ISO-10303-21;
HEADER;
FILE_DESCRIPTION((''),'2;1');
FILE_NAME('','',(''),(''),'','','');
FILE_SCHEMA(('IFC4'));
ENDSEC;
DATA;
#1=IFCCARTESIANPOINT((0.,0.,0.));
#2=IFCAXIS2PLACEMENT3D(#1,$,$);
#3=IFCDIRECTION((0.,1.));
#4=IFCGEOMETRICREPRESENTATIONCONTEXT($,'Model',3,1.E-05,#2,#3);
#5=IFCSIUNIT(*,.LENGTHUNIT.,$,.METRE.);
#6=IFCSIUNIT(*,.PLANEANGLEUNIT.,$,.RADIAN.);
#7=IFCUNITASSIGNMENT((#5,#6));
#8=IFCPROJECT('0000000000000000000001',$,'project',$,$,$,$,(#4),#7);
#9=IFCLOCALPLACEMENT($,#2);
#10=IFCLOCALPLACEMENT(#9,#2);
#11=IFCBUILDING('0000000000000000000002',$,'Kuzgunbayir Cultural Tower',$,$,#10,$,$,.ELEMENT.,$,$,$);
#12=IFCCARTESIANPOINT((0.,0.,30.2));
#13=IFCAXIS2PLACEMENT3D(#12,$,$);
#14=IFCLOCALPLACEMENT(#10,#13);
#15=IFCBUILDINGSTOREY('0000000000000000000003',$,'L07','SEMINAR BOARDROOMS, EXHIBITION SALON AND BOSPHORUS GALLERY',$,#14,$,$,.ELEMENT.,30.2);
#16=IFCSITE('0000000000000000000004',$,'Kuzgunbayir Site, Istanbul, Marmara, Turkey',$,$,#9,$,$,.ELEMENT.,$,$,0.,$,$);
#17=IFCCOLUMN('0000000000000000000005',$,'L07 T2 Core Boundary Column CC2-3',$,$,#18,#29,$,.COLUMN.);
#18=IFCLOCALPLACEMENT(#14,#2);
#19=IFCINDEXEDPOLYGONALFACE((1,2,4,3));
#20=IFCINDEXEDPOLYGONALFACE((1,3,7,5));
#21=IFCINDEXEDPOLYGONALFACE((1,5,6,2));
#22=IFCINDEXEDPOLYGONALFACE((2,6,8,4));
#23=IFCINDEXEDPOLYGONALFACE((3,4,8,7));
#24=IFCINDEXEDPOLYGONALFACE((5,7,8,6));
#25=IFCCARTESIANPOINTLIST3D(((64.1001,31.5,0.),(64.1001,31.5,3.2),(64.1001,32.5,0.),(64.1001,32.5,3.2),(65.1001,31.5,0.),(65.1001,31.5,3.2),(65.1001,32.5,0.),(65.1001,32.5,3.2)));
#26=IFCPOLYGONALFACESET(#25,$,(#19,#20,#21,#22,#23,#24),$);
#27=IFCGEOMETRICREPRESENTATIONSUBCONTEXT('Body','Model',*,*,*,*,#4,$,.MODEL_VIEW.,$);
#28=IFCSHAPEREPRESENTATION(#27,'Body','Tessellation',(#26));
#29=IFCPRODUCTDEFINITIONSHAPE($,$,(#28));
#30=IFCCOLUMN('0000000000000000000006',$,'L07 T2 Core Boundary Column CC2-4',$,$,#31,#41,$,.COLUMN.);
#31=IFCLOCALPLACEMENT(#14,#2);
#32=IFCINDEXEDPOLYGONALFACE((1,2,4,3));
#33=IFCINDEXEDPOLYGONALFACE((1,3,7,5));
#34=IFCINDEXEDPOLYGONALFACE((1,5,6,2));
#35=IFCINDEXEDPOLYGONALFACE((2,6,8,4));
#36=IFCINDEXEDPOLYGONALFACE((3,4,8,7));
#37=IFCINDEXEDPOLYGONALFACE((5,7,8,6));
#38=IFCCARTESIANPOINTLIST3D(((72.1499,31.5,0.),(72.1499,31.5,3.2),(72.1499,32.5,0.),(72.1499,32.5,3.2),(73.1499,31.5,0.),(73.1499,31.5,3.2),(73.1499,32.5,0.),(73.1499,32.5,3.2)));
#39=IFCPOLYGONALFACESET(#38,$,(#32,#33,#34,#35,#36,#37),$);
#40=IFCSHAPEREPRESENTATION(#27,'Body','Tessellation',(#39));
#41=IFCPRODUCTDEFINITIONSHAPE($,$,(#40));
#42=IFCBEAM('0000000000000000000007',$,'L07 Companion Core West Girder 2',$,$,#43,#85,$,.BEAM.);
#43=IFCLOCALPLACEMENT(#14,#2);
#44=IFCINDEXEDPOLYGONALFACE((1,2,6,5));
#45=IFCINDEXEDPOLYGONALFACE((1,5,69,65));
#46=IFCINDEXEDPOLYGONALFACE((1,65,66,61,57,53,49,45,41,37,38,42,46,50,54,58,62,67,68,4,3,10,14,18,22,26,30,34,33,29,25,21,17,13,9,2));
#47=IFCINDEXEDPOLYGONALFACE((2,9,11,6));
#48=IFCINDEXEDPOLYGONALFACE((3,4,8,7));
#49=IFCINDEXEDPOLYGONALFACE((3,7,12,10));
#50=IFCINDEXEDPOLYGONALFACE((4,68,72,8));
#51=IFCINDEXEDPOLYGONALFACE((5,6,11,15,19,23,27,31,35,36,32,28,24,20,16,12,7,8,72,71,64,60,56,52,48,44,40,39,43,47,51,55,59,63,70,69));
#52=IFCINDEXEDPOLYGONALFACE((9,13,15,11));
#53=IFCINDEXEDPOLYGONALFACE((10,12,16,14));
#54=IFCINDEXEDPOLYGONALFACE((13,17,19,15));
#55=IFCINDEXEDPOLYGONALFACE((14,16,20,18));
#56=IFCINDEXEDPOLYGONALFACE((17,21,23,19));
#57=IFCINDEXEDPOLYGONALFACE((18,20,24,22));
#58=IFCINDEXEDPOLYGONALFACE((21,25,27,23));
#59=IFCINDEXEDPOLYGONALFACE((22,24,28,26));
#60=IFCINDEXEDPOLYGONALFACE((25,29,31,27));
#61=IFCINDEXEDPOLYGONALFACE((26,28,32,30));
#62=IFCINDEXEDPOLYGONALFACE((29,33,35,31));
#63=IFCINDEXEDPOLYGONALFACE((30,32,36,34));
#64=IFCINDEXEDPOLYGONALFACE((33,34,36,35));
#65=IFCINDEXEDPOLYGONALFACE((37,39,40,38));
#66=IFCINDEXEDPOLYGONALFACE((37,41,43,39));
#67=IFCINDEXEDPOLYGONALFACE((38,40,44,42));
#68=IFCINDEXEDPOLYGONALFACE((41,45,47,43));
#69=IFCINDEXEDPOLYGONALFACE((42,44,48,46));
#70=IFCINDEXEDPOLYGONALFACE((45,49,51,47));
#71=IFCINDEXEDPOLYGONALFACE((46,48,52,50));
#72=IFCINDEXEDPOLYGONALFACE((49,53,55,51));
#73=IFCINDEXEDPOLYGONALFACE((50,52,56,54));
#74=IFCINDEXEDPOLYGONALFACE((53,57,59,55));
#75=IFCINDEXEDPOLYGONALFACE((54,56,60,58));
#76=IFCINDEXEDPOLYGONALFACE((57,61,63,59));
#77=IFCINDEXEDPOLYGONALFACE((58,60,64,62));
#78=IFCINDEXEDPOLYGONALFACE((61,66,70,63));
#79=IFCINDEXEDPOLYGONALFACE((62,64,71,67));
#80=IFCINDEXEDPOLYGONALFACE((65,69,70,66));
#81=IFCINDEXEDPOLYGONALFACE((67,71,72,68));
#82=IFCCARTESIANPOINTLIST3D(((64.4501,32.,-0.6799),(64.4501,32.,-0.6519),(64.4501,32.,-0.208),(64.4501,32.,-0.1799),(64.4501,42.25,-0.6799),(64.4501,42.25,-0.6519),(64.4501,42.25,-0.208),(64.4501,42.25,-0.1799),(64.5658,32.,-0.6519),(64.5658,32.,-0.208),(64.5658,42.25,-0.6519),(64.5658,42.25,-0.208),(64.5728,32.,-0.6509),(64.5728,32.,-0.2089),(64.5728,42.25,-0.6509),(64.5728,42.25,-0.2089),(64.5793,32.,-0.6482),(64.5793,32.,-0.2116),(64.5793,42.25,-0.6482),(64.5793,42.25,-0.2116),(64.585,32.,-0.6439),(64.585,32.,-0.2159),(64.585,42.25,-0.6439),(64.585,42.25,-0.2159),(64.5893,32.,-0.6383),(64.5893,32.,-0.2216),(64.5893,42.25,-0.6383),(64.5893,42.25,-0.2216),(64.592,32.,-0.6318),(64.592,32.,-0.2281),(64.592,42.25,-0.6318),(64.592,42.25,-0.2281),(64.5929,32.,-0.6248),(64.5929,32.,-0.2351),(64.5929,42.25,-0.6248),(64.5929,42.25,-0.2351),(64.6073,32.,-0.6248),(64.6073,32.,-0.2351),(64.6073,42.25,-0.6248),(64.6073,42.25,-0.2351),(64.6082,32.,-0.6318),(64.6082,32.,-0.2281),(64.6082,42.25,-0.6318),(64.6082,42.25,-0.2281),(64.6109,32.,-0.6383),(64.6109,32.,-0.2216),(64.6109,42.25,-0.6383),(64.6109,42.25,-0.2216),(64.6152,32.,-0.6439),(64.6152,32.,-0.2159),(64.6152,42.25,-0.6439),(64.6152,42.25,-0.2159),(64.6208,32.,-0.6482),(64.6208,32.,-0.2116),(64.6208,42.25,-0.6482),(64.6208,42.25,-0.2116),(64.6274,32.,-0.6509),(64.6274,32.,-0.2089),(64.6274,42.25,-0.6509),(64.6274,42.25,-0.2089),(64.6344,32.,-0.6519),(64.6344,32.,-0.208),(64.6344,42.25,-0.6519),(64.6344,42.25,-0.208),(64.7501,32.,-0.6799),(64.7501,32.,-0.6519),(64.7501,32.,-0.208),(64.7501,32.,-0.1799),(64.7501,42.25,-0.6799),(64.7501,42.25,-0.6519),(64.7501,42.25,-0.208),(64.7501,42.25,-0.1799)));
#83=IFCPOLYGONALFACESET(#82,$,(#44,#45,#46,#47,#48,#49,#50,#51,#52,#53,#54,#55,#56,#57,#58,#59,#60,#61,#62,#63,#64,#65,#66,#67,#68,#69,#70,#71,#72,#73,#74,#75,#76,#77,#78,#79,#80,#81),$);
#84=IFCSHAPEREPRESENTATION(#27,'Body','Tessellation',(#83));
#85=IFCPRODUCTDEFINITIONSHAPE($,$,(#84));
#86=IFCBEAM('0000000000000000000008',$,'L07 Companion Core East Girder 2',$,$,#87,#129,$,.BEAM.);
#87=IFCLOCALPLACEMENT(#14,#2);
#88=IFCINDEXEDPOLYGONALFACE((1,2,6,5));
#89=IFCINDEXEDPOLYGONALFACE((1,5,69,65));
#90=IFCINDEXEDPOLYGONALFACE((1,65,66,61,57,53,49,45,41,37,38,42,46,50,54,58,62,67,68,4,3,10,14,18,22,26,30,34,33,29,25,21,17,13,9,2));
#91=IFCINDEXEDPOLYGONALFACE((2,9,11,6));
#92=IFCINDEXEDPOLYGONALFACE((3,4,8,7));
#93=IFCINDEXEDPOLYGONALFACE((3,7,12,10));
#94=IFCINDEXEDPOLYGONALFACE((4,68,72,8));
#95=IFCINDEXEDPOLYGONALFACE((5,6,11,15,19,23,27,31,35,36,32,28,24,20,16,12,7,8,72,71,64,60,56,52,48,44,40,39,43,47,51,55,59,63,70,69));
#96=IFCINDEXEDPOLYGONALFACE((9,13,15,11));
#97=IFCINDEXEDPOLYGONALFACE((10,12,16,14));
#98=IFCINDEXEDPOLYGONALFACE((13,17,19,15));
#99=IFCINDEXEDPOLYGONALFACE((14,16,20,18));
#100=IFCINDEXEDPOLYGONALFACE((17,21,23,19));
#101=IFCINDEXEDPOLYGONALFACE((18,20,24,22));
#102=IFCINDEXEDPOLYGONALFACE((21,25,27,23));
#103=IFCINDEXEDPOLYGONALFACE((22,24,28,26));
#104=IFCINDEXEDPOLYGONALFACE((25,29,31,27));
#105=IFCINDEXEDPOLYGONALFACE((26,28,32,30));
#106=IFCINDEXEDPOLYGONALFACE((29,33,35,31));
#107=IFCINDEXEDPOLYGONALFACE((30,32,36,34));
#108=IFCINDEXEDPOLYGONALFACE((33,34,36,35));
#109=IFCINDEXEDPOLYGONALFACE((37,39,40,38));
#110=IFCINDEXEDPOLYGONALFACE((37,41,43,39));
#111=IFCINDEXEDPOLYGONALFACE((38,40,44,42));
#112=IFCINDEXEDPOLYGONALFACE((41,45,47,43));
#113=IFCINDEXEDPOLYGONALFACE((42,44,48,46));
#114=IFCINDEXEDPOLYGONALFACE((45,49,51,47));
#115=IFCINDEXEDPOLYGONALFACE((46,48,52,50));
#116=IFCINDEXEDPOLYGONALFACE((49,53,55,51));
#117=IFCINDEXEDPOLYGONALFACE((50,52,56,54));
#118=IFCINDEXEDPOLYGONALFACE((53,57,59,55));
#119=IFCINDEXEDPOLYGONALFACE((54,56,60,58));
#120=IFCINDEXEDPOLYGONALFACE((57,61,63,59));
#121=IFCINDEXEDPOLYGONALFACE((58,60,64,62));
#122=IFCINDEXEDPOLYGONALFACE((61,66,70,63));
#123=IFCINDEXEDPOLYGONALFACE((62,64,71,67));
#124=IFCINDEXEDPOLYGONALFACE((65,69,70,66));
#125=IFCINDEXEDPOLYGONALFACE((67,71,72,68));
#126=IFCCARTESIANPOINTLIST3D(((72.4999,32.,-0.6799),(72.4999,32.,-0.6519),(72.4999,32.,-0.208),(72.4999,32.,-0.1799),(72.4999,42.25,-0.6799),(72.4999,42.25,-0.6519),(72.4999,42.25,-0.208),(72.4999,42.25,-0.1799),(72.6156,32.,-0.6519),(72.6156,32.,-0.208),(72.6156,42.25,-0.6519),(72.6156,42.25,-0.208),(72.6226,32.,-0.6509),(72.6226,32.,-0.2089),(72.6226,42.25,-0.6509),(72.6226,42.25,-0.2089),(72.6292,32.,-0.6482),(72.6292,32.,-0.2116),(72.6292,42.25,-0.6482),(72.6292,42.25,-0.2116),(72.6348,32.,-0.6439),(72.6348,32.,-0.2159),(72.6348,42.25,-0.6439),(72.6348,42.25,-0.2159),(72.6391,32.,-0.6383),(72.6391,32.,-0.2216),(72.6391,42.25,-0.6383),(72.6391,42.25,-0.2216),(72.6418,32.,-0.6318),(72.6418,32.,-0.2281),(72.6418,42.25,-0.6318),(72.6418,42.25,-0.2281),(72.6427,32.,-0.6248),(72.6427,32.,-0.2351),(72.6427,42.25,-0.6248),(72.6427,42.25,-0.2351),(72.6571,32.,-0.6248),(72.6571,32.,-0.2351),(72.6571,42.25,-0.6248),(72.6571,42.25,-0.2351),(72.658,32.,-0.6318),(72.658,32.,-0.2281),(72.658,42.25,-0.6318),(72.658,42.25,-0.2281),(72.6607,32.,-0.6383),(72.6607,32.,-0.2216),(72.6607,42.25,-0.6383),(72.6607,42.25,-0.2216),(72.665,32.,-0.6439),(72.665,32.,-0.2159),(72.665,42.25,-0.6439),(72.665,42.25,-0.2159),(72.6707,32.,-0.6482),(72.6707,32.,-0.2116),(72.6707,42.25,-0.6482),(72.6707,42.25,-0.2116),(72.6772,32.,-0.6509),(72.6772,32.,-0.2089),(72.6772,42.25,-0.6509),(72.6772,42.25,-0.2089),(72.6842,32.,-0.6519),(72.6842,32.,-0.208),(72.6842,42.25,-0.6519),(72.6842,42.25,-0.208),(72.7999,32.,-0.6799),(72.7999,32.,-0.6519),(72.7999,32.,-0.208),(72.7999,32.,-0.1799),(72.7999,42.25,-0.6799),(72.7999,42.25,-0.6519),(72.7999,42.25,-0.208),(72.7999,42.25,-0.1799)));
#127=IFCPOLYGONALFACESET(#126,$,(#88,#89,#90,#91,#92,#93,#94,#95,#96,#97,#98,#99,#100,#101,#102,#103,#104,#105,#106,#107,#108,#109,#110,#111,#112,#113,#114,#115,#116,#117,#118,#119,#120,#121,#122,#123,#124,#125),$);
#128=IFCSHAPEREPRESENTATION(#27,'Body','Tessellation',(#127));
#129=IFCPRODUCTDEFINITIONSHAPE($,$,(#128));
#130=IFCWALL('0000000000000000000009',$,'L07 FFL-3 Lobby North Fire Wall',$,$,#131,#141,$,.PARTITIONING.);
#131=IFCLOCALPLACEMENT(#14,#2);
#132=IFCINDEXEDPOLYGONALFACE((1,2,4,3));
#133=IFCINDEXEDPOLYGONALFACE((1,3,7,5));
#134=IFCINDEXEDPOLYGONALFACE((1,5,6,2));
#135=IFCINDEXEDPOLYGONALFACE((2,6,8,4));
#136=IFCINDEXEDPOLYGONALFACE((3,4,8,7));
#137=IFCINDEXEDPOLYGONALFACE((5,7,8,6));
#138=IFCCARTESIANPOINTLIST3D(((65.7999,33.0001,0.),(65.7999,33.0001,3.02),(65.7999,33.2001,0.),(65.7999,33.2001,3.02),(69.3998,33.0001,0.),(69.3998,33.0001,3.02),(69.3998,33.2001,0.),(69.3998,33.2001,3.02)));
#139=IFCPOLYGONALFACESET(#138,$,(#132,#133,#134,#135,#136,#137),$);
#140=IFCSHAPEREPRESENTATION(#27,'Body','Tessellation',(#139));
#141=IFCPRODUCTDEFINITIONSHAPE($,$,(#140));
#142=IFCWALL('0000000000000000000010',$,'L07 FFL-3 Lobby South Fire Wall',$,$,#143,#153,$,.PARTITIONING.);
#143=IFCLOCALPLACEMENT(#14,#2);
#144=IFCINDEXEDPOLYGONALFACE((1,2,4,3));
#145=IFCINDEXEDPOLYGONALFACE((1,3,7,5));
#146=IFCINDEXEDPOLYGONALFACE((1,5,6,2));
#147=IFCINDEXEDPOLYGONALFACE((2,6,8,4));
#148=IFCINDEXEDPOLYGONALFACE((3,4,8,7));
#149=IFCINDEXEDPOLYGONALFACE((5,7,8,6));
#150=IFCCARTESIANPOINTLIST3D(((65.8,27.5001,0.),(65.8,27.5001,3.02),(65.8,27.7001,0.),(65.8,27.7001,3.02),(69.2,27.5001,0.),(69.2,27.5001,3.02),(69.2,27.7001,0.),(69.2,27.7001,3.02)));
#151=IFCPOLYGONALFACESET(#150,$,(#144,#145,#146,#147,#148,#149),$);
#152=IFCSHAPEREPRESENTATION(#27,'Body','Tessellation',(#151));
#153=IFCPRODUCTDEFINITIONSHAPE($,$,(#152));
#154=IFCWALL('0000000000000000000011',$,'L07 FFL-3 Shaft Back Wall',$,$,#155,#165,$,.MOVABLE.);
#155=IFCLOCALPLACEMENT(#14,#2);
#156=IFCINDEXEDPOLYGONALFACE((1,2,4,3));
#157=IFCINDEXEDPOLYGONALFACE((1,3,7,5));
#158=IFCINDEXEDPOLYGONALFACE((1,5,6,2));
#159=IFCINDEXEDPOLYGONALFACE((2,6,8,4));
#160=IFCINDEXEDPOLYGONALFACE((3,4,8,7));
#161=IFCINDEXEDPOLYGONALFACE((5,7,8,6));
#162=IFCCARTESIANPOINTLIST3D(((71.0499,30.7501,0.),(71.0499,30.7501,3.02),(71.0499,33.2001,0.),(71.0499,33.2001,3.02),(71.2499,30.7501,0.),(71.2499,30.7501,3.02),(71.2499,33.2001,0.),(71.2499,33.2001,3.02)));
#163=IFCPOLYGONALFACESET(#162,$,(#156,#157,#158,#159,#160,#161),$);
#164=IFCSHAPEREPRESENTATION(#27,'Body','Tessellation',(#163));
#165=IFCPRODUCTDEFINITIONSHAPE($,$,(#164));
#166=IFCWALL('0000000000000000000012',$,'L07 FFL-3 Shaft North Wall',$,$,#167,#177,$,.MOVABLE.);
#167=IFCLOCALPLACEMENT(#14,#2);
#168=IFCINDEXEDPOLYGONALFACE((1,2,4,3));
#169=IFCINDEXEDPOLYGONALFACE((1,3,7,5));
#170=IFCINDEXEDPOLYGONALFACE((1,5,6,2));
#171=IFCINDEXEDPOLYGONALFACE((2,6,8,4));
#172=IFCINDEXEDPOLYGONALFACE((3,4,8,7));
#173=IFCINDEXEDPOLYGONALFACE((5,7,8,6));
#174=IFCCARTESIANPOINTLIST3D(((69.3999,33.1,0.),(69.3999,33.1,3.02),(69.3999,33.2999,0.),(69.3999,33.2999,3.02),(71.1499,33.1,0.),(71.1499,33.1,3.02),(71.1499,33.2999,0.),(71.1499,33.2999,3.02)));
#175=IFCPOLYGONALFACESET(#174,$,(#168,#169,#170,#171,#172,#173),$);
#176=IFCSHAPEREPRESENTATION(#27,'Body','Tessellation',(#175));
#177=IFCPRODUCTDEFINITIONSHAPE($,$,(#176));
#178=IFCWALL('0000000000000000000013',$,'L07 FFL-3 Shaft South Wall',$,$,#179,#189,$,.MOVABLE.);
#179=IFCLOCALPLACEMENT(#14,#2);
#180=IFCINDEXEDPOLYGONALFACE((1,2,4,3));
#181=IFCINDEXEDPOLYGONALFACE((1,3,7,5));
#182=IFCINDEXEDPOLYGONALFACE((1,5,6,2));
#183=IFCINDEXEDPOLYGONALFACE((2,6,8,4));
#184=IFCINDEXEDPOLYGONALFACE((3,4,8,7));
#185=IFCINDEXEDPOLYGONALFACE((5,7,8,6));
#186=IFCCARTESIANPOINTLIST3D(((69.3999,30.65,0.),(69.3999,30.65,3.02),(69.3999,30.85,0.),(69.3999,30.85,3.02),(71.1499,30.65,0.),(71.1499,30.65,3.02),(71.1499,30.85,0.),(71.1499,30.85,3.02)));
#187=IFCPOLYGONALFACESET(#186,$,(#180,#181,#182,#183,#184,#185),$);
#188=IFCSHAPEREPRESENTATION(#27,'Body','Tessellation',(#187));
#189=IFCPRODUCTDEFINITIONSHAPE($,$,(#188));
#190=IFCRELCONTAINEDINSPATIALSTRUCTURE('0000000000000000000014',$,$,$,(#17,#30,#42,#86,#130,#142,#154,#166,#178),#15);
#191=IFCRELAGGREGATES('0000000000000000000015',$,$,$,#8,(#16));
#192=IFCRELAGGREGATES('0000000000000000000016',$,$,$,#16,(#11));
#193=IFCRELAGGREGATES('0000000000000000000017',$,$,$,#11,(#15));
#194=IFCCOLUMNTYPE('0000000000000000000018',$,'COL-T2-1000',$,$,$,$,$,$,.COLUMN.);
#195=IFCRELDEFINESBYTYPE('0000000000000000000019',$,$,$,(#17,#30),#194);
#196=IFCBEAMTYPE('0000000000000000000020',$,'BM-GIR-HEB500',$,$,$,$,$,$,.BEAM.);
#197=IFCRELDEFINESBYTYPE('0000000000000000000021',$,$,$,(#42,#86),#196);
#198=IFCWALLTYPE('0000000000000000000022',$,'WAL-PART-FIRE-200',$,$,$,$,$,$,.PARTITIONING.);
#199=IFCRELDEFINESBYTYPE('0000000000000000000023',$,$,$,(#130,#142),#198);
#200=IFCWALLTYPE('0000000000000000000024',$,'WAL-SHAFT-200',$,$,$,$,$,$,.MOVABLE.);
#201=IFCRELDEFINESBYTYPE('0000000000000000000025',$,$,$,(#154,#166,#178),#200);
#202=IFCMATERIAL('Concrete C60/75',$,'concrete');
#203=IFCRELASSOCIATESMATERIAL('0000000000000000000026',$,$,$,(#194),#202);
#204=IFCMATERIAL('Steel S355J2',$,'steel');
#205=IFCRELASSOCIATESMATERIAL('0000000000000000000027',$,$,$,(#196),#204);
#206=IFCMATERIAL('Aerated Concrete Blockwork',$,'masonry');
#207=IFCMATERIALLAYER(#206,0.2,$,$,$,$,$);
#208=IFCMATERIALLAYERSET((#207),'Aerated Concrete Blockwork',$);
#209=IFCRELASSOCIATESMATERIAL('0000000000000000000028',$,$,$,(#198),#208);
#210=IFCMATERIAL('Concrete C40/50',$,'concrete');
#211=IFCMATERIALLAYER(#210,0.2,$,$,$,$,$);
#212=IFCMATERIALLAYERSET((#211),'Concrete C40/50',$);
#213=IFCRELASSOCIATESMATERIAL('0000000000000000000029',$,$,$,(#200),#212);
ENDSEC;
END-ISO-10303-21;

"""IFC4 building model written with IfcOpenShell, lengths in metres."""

from ifc_helpers import new_model, si_unit, direction, frame, frame_2d, origin, origin_2d, place, context, subcontext, project, spatial, rectangle, i_section, extrude, material, layer, layer_set, material_profile, profile_set, type_object, element, save


model = new_model("IFC4")

# Units and contexts
model_context = context("Model", 3, precision=1e-05, world=origin(), true_north=direction((0.0, 1.0)))
body_context = subcontext(model_context, "Body", "Model", "MODEL_VIEW")
ifc_project = project(units=[si_unit("LENGTHUNIT", "METRE"), si_unit("PLANEANGLEUNIT", "RADIAN")], contexts=[model_context])

# Site, building, storey
site_placement = place(None, origin())
site = spatial("IfcSite", under=ifc_project, at=site_placement, Name="Kuzgunbayir Site, Istanbul, Marmara, Turkey", CompositionType="ELEMENT", RefElevation=0.0)
building_placement = place(site_placement, origin())
building = spatial("IfcBuilding", under=site, at=building_placement, Name="Kuzgunbayir Cultural Tower", CompositionType="ELEMENT")
storey_placement = place(building_placement, frame((0.0, 0.0, 30.2)))
storey = spatial("IfcBuildingStorey", under=building, at=storey_placement, Name="L07", Description="SEMINAR BOARDROOMS, EXHIBITION SALON AND BOSPHORUS GALLERY", CompositionType="ELEMENT", Elevation=30.2)

# Columns
ifc_material_1 = material(Name="Concrete C60/75", Category="concrete")
ifc_material_profile_1 = material_profile(ifc_material_1, rectangle(XDim=1.0, YDim=1.0, at=origin_2d()), Name="RC 1000x1000")
ifc_profile_set_1 = profile_set([ifc_material_profile_1], Name="Concrete C60/75")
column_type = type_object("IfcColumnType", Name="COL-T2-1000", PredefinedType="COLUMN", material=ifc_profile_set_1)
for number, where, z_axis, x_axis, name in (
    (1, (64.6001, 32.0, 0.0), (0.0, 0.0, 1.0), (1.0, 0.0, 0.0), "L07 T2 Core Boundary Column CC2-3"),
    (2, (72.6499, 32.0, 0.0), (0.0, 0.0, 1.0), (1.0, 0.0, 0.0), "L07 T2 Core Boundary Column CC2-4"),
):
    element("IfcColumn", number, at=place(storey_placement, frame(where, z_axis=z_axis, x_axis=x_axis)), inside=storey, type_object=column_type, Name=name, PredefinedType="COLUMN", context=body_context, shape_type="SweptSolid", body=[
        extrude(rectangle(XDim=1.0, YDim=1.0, at=origin_2d()), origin(), (0.0, 0.0, 1.0), 3.2),
    ])

# Beams
ifc_material_2 = material(Name="Steel S355J2", Category="steel")
ifc_material_profile_2 = material_profile(ifc_material_2, i_section(OverallWidth=0.3, OverallDepth=0.5, WebThickness=0.0144, FlangeThickness=0.0281, FilletRadius=0.0271, at=origin_2d()), Name="HEB 500")
ifc_profile_set_2 = profile_set([ifc_material_profile_2], Name="Steel S355J2")
beam_type = type_object("IfcBeamType", Name="BM-GIR-HEB500", PredefinedType="BEAM", material=ifc_profile_set_2)
for number, where, z_axis, x_axis, name in (
    (3, (64.6001, 32.0, -0.4299), (0.0, 1.0, 0.0), (-1.0, 0.0, 0.0), "L07 Companion Core West Girder 2"),
    (4, (72.6499, 32.0, -0.4299), (0.0, 1.0, 0.0), (-1.0, 0.0, 0.0), "L07 Companion Core East Girder 2"),
):
    element("IfcBeam", number, at=place(storey_placement, frame(where, z_axis=z_axis, x_axis=x_axis)), inside=storey, type_object=beam_type, Name=name, PredefinedType="BEAM", context=body_context, shape_type="SweptSolid", body=[
        extrude(i_section(OverallWidth=0.3, OverallDepth=0.5, WebThickness=0.0144, FlangeThickness=0.0281, FilletRadius=0.0271, at=origin_2d()), origin(), (0.0, 0.0, 1.0), 10.25),
    ])

# Shared definitions
ifc_material_3 = material(Name="Aerated Concrete Blockwork", Category="masonry")
ifc_layer_1 = layer(ifc_material_3, 0.2)
ifc_layer_set_1 = layer_set([ifc_layer_1], Name="Aerated Concrete Blockwork")
wall_type_1 = type_object("IfcWallType", Name="WAL-PART-FIRE-200", PredefinedType="PARTITIONING", material=ifc_layer_set_1)

# Walls
wall_1_placement = place(storey_placement, frame((65.8, 33.1001, 0.0), z_axis=(0.0, 0.0, 1.0), x_axis=(1.0, 0.0, 0.0)))
element("IfcWall", 5, at=wall_1_placement, inside=storey, type_object=wall_type_1, Name="L07 FFL-3 Lobby North Fire Wall", PredefinedType="PARTITIONING", context=body_context, shape_type="SweptSolid", body=[
    extrude(rectangle(XDim=3.5999, YDim=0.2, at=frame_2d((1.7998, 0.0))), origin(), (0.0, 0.0, 1.0), 3.02),
])
wall_2_placement = place(storey_placement, frame((65.8, 27.6001, 0.0), z_axis=(0.0, 0.0, 1.0), x_axis=(1.0, 0.0, 0.0)))
element("IfcWall", 6, at=wall_2_placement, inside=storey, type_object=wall_type_1, Name="L07 FFL-3 Lobby South Fire Wall", PredefinedType="PARTITIONING", context=body_context, shape_type="SweptSolid", body=[
    extrude(rectangle(XDim=3.3999, YDim=0.2, at=frame_2d((1.7, 0.0))), origin(), (0.0, 0.0, 1.0), 3.02),
])

# Shared definitions
ifc_material_4 = material(Name="Concrete C40/50", Category="concrete")
ifc_layer_2 = layer(ifc_material_4, 0.2)
ifc_layer_set_2 = layer_set([ifc_layer_2], Name="Concrete C40/50")
wall_type_2 = type_object("IfcWallType", Name="WAL-SHAFT-200", PredefinedType="MOVABLE", material=ifc_layer_set_2)

# Walls
wall_3_placement = place(storey_placement, frame((71.1499, 30.75, 0.0), z_axis=(0.0, 0.0, 1.0), x_axis=(0.0, 1.0, 0.0)))
element("IfcWall", 7, at=wall_3_placement, inside=storey, type_object=wall_type_2, Name="L07 FFL-3 Shaft Back Wall", PredefinedType="MOVABLE", context=body_context, shape_type="SweptSolid", body=[
    extrude(rectangle(XDim=2.45, YDim=0.2, at=frame_2d((1.2251, 0.0))), origin(), (0.0, 0.0, 1.0), 3.02),
])
for number, where, z_axis, x_axis, name in (
    (8, (69.3999, 33.2, 0.0), (0.0, 0.0, 1.0), (1.0, 0.0, 0.0), "L07 FFL-3 Shaft North Wall"),
    (9, (69.3999, 30.75, 0.0), (0.0, 0.0, 1.0), (1.0, 0.0, 0.0), "L07 FFL-3 Shaft South Wall"),
):
    element("IfcWall", number, at=place(storey_placement, frame(where, z_axis=z_axis, x_axis=x_axis)), inside=storey, type_object=wall_type_2, Name=name, PredefinedType="MOVABLE", context=body_context, shape_type="SweptSolid", body=[
        extrude(rectangle(XDim=1.75, YDim=0.2, at=frame_2d((0.875, 0.0))), origin(), (0.0, 0.0, 1.0), 3.02),
    ])

save(model, "model.ifc")
